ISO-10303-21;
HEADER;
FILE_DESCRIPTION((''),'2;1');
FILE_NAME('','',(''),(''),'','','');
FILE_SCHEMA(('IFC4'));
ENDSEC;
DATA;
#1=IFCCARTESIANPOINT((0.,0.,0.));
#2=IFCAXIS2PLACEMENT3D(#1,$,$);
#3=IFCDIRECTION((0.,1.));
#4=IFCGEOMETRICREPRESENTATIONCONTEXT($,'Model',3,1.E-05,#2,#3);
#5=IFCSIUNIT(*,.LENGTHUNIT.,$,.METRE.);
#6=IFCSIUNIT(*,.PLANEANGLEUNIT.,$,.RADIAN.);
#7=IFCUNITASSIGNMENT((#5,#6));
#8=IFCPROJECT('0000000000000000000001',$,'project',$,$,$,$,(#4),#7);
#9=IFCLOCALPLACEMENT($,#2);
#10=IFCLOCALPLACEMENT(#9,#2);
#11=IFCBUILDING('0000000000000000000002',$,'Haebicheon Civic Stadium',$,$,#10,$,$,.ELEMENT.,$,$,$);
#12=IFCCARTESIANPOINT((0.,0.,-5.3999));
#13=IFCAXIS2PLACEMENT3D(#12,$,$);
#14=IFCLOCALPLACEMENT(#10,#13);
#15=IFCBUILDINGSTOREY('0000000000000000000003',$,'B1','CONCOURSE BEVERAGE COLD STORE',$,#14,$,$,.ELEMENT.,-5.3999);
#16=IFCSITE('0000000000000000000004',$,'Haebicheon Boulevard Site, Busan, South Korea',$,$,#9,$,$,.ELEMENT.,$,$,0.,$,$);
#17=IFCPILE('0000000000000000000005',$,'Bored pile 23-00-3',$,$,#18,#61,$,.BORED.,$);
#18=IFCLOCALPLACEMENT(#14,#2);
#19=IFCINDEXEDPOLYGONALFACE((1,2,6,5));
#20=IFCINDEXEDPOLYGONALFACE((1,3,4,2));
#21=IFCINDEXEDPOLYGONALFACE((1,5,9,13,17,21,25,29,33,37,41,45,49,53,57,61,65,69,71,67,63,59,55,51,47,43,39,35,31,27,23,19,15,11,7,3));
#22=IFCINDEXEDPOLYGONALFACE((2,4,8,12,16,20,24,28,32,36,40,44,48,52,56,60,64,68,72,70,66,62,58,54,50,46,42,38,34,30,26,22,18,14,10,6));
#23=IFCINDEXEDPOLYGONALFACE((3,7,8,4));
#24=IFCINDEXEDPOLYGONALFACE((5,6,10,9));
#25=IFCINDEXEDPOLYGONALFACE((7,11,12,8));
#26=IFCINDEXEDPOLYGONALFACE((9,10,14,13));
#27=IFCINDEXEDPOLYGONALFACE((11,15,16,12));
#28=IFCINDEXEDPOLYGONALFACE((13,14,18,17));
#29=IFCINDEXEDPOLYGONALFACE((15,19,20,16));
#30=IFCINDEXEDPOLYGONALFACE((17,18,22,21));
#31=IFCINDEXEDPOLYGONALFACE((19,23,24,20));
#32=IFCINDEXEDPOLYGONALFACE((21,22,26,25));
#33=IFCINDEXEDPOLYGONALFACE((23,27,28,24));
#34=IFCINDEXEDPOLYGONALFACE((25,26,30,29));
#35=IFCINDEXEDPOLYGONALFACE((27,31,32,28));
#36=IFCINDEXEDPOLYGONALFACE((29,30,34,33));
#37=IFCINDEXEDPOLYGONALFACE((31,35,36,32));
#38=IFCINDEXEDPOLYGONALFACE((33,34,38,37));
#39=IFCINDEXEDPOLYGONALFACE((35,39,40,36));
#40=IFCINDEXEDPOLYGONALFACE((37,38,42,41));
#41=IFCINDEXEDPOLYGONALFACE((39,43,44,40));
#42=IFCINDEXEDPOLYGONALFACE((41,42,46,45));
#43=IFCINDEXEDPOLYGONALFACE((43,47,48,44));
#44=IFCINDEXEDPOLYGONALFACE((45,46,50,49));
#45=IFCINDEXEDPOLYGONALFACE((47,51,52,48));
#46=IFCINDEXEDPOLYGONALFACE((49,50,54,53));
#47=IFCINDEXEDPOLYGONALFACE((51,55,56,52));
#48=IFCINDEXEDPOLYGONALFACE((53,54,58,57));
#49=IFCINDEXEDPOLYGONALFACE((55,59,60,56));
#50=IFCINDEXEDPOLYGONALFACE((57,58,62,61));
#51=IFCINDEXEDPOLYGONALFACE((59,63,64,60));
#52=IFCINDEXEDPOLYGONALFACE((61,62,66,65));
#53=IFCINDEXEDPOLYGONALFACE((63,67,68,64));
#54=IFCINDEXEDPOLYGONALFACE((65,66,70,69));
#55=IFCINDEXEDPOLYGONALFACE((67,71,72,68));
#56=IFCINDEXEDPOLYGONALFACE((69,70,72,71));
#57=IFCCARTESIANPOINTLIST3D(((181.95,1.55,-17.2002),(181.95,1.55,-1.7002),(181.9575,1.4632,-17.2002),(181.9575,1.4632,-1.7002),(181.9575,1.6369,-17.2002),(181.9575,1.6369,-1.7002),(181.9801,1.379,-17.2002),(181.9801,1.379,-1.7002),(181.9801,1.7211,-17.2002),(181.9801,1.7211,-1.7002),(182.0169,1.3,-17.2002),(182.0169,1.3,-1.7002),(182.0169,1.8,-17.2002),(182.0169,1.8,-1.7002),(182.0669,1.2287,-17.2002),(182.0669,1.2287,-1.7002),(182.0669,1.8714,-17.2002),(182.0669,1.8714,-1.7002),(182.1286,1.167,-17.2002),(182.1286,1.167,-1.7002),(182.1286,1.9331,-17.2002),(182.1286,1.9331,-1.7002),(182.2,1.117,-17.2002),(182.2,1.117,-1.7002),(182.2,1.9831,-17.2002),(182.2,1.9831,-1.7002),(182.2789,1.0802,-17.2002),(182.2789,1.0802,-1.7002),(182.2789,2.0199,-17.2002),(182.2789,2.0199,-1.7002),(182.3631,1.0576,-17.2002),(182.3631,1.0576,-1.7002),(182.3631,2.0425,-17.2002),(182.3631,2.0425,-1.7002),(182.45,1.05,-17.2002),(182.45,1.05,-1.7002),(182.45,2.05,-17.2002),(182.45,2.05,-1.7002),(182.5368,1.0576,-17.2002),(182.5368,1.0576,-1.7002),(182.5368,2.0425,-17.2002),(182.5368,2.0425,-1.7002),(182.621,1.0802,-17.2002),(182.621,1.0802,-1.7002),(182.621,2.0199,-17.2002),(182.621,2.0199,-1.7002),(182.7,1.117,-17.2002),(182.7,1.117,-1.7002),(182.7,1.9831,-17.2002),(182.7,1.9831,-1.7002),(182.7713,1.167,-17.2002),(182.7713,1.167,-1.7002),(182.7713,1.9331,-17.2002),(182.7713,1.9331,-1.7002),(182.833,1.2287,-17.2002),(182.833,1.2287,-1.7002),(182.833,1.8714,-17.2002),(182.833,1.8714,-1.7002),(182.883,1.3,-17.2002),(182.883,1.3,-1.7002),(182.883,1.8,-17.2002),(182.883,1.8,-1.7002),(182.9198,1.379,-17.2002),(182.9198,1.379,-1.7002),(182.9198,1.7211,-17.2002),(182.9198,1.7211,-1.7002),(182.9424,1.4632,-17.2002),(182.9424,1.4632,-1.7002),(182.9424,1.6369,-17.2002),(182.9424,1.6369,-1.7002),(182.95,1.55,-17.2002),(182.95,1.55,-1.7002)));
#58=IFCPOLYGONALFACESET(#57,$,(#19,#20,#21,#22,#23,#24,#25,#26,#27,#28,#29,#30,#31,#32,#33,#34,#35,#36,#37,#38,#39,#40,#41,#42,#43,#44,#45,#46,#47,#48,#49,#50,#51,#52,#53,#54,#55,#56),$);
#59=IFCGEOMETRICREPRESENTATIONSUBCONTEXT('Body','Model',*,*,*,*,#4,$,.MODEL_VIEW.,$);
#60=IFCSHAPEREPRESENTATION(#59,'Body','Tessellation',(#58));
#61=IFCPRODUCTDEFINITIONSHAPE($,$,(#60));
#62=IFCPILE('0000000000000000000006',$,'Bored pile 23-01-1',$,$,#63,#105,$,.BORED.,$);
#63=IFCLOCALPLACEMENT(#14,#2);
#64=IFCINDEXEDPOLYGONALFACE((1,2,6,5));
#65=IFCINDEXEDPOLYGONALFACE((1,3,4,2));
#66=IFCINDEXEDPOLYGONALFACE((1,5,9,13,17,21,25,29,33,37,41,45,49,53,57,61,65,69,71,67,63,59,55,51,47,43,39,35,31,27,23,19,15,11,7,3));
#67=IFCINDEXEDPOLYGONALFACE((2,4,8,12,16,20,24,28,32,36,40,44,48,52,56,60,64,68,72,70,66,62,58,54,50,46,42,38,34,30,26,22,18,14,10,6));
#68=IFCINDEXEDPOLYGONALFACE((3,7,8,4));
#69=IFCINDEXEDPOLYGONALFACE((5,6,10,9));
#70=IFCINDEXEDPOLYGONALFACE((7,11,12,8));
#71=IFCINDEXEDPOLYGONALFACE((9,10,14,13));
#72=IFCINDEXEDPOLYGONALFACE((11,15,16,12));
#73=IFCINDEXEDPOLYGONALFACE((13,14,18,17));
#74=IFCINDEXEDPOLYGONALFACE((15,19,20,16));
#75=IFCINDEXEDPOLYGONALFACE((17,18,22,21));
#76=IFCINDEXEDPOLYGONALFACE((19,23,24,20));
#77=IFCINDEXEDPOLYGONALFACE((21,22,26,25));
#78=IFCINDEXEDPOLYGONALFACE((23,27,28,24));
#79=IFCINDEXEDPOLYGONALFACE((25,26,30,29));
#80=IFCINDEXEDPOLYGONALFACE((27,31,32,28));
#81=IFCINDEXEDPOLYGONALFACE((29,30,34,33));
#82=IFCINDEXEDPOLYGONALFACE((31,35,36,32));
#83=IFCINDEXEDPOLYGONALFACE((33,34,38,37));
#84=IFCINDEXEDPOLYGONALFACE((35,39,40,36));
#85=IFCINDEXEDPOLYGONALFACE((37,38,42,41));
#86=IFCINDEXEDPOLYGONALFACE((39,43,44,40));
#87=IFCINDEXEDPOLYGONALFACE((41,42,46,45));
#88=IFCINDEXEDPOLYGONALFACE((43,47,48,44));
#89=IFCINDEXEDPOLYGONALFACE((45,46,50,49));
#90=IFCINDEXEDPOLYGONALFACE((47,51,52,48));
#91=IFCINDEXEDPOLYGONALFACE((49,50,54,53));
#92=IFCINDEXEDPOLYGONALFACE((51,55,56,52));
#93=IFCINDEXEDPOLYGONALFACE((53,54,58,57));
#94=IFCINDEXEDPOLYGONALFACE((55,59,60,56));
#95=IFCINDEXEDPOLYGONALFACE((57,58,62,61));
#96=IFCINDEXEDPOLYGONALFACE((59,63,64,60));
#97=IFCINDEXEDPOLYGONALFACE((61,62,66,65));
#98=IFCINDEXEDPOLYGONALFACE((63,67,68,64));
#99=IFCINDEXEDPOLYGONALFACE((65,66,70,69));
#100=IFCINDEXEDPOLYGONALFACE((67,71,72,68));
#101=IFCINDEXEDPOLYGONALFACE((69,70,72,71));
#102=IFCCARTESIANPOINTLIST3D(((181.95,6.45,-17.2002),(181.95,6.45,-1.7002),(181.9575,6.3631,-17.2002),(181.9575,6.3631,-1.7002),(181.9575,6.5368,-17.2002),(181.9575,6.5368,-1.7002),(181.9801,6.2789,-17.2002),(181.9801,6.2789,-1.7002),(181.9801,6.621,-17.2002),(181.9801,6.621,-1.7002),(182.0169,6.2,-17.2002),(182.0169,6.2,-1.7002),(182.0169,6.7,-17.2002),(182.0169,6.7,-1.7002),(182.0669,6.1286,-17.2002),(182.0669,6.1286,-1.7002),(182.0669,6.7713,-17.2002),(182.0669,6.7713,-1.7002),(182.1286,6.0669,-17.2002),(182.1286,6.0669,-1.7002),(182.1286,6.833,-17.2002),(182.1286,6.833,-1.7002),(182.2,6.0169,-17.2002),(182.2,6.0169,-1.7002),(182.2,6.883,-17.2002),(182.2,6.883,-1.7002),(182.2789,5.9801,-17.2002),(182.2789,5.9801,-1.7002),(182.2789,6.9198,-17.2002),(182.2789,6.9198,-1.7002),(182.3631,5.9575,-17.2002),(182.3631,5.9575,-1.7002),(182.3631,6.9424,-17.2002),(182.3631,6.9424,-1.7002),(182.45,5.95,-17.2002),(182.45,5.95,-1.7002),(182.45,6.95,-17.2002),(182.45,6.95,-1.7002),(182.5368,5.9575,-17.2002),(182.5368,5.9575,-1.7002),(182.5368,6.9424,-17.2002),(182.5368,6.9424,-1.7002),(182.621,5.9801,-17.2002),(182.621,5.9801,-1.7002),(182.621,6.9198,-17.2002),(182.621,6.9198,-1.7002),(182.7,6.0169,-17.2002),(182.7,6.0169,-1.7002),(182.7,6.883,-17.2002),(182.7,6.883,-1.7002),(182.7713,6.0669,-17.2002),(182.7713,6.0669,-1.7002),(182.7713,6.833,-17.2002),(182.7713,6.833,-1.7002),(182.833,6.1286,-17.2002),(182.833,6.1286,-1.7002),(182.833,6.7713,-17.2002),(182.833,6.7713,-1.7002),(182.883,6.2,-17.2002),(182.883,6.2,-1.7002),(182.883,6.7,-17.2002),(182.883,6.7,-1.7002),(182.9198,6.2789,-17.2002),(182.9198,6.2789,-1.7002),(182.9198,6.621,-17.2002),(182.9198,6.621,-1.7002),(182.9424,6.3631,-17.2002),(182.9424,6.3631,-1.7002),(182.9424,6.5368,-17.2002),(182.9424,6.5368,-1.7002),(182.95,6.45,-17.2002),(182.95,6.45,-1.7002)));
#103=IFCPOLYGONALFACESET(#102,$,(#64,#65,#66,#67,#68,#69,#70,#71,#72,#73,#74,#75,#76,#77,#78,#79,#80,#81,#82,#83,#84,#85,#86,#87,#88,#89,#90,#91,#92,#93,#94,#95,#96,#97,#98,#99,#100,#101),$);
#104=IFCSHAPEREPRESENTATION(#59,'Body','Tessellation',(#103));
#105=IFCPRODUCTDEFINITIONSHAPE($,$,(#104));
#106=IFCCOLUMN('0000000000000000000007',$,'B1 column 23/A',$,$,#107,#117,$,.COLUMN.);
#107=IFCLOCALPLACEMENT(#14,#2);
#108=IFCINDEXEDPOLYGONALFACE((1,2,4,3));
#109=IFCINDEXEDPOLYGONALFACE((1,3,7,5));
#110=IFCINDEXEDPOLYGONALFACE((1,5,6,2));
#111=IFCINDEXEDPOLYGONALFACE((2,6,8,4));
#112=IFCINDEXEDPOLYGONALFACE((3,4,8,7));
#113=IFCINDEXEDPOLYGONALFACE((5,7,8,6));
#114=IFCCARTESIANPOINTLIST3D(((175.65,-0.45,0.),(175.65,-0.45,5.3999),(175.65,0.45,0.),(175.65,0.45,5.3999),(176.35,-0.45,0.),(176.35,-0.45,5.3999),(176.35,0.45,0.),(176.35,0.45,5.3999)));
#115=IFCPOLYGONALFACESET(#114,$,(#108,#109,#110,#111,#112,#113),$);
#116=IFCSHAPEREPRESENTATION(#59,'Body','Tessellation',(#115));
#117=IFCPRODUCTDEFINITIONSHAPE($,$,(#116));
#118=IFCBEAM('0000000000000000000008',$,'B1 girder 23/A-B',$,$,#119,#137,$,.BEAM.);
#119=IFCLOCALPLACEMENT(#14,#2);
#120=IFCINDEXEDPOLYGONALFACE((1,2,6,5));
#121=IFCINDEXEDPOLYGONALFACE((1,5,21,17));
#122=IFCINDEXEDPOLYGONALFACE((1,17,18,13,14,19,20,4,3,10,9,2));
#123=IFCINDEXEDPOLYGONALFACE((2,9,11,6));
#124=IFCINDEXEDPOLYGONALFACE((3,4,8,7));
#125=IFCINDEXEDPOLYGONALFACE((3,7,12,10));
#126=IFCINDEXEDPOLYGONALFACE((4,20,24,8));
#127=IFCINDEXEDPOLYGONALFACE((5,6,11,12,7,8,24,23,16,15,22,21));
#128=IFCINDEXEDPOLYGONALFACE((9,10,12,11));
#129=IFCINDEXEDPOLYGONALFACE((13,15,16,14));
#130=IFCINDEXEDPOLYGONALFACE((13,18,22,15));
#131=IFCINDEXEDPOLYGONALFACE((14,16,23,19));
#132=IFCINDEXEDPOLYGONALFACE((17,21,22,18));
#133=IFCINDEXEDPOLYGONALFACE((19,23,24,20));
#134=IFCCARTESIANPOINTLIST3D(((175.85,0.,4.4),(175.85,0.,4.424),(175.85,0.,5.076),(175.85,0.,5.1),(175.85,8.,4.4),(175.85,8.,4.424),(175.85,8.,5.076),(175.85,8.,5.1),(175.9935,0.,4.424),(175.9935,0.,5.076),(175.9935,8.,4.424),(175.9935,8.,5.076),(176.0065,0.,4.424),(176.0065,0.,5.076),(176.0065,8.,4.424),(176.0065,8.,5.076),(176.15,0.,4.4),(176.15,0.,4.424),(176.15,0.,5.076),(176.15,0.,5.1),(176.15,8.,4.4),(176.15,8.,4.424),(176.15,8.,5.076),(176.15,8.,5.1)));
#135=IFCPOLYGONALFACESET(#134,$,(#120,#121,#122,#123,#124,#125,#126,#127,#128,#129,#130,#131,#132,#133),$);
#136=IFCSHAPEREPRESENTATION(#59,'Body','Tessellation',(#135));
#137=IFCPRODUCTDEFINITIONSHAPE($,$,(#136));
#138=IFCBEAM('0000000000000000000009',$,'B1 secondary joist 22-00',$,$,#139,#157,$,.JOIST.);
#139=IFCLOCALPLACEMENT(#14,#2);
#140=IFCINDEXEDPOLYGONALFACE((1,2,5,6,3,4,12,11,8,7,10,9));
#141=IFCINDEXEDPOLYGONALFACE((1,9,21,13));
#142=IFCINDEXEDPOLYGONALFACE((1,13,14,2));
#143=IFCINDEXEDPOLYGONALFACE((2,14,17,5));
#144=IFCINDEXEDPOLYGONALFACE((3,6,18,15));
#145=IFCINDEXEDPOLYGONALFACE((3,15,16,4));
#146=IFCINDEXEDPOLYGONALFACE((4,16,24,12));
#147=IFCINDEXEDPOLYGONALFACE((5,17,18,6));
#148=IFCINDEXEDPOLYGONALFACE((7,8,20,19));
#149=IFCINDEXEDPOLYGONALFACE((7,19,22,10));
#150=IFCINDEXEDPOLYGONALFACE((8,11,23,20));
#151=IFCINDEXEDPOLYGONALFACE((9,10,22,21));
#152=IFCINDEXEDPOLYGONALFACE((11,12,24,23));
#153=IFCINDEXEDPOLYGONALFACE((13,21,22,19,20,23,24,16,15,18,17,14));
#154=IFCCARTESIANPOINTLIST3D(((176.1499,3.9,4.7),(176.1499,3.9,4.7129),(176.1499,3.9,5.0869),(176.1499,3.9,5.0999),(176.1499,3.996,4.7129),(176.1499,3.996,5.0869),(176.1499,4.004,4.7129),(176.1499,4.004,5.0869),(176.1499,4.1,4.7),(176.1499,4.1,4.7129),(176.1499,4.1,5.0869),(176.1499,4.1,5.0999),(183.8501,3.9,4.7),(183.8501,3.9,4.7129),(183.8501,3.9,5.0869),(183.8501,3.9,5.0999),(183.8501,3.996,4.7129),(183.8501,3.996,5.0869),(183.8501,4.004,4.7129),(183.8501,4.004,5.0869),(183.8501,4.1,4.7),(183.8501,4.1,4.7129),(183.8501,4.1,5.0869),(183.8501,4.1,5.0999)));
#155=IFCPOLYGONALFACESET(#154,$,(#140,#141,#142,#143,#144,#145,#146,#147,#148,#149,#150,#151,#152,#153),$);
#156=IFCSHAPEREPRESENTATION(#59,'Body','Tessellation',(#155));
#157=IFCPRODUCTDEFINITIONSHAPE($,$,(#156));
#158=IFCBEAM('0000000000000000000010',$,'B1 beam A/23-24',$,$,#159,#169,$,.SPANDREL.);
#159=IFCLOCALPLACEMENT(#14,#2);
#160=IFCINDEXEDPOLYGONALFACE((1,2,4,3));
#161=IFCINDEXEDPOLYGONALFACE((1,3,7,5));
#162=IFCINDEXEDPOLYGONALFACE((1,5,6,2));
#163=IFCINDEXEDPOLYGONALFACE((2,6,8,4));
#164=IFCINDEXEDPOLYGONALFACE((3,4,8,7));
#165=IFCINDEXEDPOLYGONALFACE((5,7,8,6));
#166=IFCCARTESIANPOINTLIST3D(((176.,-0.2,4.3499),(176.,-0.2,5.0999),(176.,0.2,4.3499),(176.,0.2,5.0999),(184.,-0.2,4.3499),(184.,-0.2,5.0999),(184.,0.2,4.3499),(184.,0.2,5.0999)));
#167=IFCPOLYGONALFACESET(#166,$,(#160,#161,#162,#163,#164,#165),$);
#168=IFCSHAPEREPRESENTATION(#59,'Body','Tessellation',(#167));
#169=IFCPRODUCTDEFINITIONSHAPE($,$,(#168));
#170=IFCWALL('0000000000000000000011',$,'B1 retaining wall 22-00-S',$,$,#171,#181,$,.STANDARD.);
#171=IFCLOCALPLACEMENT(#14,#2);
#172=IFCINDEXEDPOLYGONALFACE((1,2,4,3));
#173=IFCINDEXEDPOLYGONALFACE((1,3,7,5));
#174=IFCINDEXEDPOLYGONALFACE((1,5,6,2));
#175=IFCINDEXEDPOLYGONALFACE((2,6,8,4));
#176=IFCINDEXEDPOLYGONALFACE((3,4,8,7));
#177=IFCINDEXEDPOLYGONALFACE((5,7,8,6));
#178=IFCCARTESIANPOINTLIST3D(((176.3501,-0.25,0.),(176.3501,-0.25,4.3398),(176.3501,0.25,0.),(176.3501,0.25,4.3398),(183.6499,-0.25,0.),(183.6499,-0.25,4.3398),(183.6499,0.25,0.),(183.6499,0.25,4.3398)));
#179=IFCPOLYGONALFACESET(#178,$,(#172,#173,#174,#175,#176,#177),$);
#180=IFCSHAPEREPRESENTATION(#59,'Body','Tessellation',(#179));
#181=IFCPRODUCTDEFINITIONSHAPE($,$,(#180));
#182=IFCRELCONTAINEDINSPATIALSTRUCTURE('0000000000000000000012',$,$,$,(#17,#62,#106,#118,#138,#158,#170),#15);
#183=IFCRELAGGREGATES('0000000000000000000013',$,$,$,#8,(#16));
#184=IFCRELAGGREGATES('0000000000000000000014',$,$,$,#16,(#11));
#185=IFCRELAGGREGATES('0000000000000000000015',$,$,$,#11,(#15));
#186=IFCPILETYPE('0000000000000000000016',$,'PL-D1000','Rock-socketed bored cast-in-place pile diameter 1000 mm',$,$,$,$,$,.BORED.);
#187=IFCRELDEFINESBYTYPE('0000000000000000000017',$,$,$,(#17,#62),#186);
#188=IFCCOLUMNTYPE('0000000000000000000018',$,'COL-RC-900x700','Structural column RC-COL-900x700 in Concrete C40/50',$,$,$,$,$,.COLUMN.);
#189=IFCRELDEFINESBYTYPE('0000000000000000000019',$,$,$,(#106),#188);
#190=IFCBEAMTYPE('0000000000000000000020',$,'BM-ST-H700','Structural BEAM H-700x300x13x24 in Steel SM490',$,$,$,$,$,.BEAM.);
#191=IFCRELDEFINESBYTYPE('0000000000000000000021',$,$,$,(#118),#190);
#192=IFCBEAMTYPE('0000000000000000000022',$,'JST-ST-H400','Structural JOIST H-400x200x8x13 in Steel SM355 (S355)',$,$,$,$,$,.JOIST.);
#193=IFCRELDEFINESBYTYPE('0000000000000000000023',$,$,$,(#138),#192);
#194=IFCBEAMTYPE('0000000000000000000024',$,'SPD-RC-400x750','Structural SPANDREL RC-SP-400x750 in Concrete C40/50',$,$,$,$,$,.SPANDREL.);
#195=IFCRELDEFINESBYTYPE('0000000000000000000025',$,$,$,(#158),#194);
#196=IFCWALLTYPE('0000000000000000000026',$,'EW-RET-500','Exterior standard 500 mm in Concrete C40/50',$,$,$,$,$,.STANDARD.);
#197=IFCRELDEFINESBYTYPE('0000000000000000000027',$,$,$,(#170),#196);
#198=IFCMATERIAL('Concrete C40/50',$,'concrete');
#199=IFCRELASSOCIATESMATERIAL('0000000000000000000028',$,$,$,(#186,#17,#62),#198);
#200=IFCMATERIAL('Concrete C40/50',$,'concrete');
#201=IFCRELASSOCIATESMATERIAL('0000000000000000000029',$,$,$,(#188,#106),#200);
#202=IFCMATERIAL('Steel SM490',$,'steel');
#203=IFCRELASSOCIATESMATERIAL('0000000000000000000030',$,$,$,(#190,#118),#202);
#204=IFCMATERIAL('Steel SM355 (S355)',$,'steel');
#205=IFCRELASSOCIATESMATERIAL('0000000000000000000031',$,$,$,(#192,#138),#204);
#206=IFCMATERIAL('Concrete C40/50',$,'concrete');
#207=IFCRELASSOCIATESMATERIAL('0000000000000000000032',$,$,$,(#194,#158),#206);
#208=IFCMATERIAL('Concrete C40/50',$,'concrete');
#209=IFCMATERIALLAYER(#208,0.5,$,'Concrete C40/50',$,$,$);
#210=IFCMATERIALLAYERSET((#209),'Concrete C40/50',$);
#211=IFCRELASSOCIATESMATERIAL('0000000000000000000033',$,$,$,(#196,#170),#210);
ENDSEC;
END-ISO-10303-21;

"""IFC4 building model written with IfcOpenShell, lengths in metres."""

from ifc_helpers import new_model, si_unit, direction, frame, frame_2d, origin, origin_2d, place, context, subcontext, project, spatial, rectangle, circle, i_section, extrude, material, layer, layer_set, material_profile, profile_set, type_object, element, save


model = new_model("IFC4")

# Units and contexts
model_context = context("Model", 3, precision=1e-05, world=origin(), true_north=direction((0.0, 1.0)))
body_context = subcontext(model_context, "Body", "Model", "MODEL_VIEW")
ifc_project = project(units=[si_unit("LENGTHUNIT", "METRE"), si_unit("PLANEANGLEUNIT", "RADIAN")], contexts=[model_context])

# Site, building, storey
site_placement = place(None, origin())
site = spatial("IfcSite", under=ifc_project, at=site_placement, Name="Haebicheon Boulevard Site, Busan, South Korea", CompositionType="ELEMENT", RefElevation=0.0)
building_placement = place(site_placement, origin())
building = spatial("IfcBuilding", under=site, at=building_placement, Name="Haebicheon Civic Stadium", CompositionType="ELEMENT")
storey_placement = place(building_placement, frame((0.0, 0.0, -5.3999)))
storey = spatial("IfcBuildingStorey", under=building, at=storey_placement, Name="B1", Description="CONCOURSE BEVERAGE COLD STORE", CompositionType="ELEMENT", Elevation=-5.3999)

# Piles
ifc_material_1 = material(Name="Concrete C40/50", Category="concrete")
ifc_material_profile_1 = material_profile(ifc_material_1, circle(Radius=0.5, at=origin_2d()), Name="PILE-D1000")
ifc_profile_set_1 = profile_set([ifc_material_profile_1], Name="Concrete C40/50")
pile_type = type_object("IfcPileType", Name="PL-D1000", Description="Rock-socketed bored cast-in-place pile diameter 1000 mm", PredefinedType="BORED", material=ifc_profile_set_1)
for number, where, z_axis, x_axis, name in (
    (1, (182.45, 1.55, -1.7002), (0.0, 0.0, -1.0), (1.0, 0.0, 0.0), "Bored pile 23-00-3"),
    (2, (182.45, 6.45, -1.7002), (0.0, 0.0, -1.0), (1.0, 0.0, 0.0), "Bored pile 23-01-1"),
):
    element("IfcPile", number, at=place(storey_placement, frame(where, z_axis=z_axis, x_axis=x_axis)), inside=storey, type_object=pile_type, material=ifc_profile_set_1, Name=name, PredefinedType="BORED", context=body_context, shape_type="SweptSolid", body=[
        extrude(circle(Radius=0.5, at=origin_2d()), origin(), (0.0, 0.0, 1.0), 15.5),
    ])

# Column
ifc_material_2 = material(Name="Concrete C40/50", Category="concrete")
ifc_material_profile_2 = material_profile(ifc_material_2, rectangle(XDim=0.7, YDim=0.8999, at=origin_2d()), Name="RC-COL-900x700")
ifc_profile_set_2 = profile_set([ifc_material_profile_2], Name="Concrete C40/50")
column_type = type_object("IfcColumnType", Name="COL-RC-900x700", Description="Structural column RC-COL-900x700 in Concrete C40/50", PredefinedType="COLUMN", material=ifc_profile_set_2)
column_placement = place(storey_placement, frame((176.0, 0.0, 0.0), z_axis=(0.0, 0.0, 1.0), x_axis=(1.0, 0.0, 0.0)))
element("IfcColumn", 3, at=column_placement, inside=storey, type_object=column_type, material=ifc_profile_set_2, Name="B1 column 23/A", PredefinedType="COLUMN", context=body_context, shape_type="SweptSolid", body=[
    extrude(rectangle(XDim=0.7, YDim=0.8999, at=origin_2d()), origin(), (0.0, 0.0, 1.0), 5.3999),
])

# Beams
ifc_material_3 = material(Name="Steel SM490", Category="steel")
ifc_material_profile_3 = material_profile(ifc_material_3, i_section(OverallWidth=0.3, OverallDepth=0.7, WebThickness=0.0129, FlangeThickness=0.0239, at=origin_2d()), Name="H-700x300x13x24")
ifc_profile_set_3 = profile_set([ifc_material_profile_3], Name="Steel SM490")
beam_type_1 = type_object("IfcBeamType", Name="BM-ST-H700", Description="Structural BEAM H-700x300x13x24 in Steel SM490", PredefinedType="BEAM", material=ifc_profile_set_3)
beam_1_placement = place(storey_placement, frame((176.0, 0.0, 4.75), z_axis=(0.0, 1.0, 0.0), x_axis=(-1.0, 0.0, 0.0)))
element("IfcBeam", 4, at=beam_1_placement, inside=storey, type_object=beam_type_1, material=ifc_profile_set_3, Name="B1 girder 23/A-B", PredefinedType="BEAM", context=body_context, shape_type="SweptSolid", body=[
    extrude(i_section(OverallWidth=0.3, OverallDepth=0.7, WebThickness=0.0129, FlangeThickness=0.0239, at=origin_2d()), origin(), (0.0, 0.0, 1.0), 8.0),
])
ifc_material_4 = material(Name="Steel SM355 (S355)", Category="steel")
ifc_material_profile_4 = material_profile(ifc_material_4, i_section(OverallWidth=0.2, OverallDepth=0.3999, WebThickness=0.0081, FlangeThickness=0.0129, at=origin_2d()), Name="H-400x200x8x13")
ifc_profile_set_4 = profile_set([ifc_material_profile_4], Name="Steel SM355 (S355)")
beam_type_2 = type_object("IfcBeamType", Name="JST-ST-H400", Description="Structural JOIST H-400x200x8x13 in Steel SM355 (S355)", PredefinedType="JOIST", material=ifc_profile_set_4)
beam_2_placement = place(storey_placement, frame((176.1499, 4.0, 4.8999), z_axis=(1.0, 0.0, 0.0), x_axis=(0.0, 1.0, 0.0)))
element("IfcBeam", 5, at=beam_2_placement, inside=storey, type_object=beam_type_2, material=ifc_profile_set_4, Name="B1 secondary joist 22-00", PredefinedType="JOIST", context=body_context, shape_type="SweptSolid", body=[
    extrude(i_section(OverallWidth=0.2, OverallDepth=0.3999, WebThickness=0.0081, FlangeThickness=0.0129, at=origin_2d()), origin(), (0.0, 0.0, 1.0), 7.7002),
])
ifc_material_5 = material(Name="Concrete C40/50", Category="concrete")
ifc_material_profile_5 = material_profile(ifc_material_5, rectangle(XDim=0.3999, YDim=0.75, at=origin_2d()), Name="RC-SP-400x750")
ifc_profile_set_5 = profile_set([ifc_material_profile_5], Name="Concrete C40/50")
beam_type_3 = type_object("IfcBeamType", Name="SPD-RC-400x750", Description="Structural SPANDREL RC-SP-400x750 in Concrete C40/50", PredefinedType="SPANDREL", material=ifc_profile_set_5)
beam_3_placement = place(storey_placement, frame((176.0, 0.0, 4.7249), z_axis=(1.0, 0.0, 0.0), x_axis=(0.0, 1.0, 0.0)))
element("IfcBeam", 6, at=beam_3_placement, inside=storey, type_object=beam_type_3, material=ifc_profile_set_5, Name="B1 beam A/23-24", PredefinedType="SPANDREL", context=body_context, shape_type="SweptSolid", body=[
    extrude(rectangle(XDim=0.3999, YDim=0.75, at=origin_2d()), origin(), (0.0, 0.0, 1.0), 8.0),
])

# Wall
ifc_material_6 = material(Name="Concrete C40/50", Category="concrete")
ifc_layer_1 = layer(ifc_material_6, 0.5, Name="Concrete C40/50")
ifc_layer_set_1 = layer_set([ifc_layer_1], Name="Concrete C40/50")
wall_type_1 = type_object("IfcWallType", Name="EW-RET-500", Description="Exterior standard 500 mm in Concrete C40/50", PredefinedType="STANDARD", material=ifc_layer_set_1)
wall_1_placement = place(storey_placement, frame((176.3501, 0.0, 0.0), z_axis=(0.0, 0.0, 1.0), x_axis=(1.0, 0.0, 0.0)))
element("IfcWall", 7, at=wall_1_placement, inside=storey, type_object=wall_type_1, material=ifc_layer_set_1, Name="B1 retaining wall 22-00-S", PredefinedType="STANDARD", context=body_context, shape_type="SweptSolid", body=[
    extrude(rectangle(XDim=7.2998, YDim=0.5, at=frame_2d((3.6499, 0.0))), origin(), (0.0, 0.0, 1.0), 4.3398),
])

save(model, "model.ifc")
